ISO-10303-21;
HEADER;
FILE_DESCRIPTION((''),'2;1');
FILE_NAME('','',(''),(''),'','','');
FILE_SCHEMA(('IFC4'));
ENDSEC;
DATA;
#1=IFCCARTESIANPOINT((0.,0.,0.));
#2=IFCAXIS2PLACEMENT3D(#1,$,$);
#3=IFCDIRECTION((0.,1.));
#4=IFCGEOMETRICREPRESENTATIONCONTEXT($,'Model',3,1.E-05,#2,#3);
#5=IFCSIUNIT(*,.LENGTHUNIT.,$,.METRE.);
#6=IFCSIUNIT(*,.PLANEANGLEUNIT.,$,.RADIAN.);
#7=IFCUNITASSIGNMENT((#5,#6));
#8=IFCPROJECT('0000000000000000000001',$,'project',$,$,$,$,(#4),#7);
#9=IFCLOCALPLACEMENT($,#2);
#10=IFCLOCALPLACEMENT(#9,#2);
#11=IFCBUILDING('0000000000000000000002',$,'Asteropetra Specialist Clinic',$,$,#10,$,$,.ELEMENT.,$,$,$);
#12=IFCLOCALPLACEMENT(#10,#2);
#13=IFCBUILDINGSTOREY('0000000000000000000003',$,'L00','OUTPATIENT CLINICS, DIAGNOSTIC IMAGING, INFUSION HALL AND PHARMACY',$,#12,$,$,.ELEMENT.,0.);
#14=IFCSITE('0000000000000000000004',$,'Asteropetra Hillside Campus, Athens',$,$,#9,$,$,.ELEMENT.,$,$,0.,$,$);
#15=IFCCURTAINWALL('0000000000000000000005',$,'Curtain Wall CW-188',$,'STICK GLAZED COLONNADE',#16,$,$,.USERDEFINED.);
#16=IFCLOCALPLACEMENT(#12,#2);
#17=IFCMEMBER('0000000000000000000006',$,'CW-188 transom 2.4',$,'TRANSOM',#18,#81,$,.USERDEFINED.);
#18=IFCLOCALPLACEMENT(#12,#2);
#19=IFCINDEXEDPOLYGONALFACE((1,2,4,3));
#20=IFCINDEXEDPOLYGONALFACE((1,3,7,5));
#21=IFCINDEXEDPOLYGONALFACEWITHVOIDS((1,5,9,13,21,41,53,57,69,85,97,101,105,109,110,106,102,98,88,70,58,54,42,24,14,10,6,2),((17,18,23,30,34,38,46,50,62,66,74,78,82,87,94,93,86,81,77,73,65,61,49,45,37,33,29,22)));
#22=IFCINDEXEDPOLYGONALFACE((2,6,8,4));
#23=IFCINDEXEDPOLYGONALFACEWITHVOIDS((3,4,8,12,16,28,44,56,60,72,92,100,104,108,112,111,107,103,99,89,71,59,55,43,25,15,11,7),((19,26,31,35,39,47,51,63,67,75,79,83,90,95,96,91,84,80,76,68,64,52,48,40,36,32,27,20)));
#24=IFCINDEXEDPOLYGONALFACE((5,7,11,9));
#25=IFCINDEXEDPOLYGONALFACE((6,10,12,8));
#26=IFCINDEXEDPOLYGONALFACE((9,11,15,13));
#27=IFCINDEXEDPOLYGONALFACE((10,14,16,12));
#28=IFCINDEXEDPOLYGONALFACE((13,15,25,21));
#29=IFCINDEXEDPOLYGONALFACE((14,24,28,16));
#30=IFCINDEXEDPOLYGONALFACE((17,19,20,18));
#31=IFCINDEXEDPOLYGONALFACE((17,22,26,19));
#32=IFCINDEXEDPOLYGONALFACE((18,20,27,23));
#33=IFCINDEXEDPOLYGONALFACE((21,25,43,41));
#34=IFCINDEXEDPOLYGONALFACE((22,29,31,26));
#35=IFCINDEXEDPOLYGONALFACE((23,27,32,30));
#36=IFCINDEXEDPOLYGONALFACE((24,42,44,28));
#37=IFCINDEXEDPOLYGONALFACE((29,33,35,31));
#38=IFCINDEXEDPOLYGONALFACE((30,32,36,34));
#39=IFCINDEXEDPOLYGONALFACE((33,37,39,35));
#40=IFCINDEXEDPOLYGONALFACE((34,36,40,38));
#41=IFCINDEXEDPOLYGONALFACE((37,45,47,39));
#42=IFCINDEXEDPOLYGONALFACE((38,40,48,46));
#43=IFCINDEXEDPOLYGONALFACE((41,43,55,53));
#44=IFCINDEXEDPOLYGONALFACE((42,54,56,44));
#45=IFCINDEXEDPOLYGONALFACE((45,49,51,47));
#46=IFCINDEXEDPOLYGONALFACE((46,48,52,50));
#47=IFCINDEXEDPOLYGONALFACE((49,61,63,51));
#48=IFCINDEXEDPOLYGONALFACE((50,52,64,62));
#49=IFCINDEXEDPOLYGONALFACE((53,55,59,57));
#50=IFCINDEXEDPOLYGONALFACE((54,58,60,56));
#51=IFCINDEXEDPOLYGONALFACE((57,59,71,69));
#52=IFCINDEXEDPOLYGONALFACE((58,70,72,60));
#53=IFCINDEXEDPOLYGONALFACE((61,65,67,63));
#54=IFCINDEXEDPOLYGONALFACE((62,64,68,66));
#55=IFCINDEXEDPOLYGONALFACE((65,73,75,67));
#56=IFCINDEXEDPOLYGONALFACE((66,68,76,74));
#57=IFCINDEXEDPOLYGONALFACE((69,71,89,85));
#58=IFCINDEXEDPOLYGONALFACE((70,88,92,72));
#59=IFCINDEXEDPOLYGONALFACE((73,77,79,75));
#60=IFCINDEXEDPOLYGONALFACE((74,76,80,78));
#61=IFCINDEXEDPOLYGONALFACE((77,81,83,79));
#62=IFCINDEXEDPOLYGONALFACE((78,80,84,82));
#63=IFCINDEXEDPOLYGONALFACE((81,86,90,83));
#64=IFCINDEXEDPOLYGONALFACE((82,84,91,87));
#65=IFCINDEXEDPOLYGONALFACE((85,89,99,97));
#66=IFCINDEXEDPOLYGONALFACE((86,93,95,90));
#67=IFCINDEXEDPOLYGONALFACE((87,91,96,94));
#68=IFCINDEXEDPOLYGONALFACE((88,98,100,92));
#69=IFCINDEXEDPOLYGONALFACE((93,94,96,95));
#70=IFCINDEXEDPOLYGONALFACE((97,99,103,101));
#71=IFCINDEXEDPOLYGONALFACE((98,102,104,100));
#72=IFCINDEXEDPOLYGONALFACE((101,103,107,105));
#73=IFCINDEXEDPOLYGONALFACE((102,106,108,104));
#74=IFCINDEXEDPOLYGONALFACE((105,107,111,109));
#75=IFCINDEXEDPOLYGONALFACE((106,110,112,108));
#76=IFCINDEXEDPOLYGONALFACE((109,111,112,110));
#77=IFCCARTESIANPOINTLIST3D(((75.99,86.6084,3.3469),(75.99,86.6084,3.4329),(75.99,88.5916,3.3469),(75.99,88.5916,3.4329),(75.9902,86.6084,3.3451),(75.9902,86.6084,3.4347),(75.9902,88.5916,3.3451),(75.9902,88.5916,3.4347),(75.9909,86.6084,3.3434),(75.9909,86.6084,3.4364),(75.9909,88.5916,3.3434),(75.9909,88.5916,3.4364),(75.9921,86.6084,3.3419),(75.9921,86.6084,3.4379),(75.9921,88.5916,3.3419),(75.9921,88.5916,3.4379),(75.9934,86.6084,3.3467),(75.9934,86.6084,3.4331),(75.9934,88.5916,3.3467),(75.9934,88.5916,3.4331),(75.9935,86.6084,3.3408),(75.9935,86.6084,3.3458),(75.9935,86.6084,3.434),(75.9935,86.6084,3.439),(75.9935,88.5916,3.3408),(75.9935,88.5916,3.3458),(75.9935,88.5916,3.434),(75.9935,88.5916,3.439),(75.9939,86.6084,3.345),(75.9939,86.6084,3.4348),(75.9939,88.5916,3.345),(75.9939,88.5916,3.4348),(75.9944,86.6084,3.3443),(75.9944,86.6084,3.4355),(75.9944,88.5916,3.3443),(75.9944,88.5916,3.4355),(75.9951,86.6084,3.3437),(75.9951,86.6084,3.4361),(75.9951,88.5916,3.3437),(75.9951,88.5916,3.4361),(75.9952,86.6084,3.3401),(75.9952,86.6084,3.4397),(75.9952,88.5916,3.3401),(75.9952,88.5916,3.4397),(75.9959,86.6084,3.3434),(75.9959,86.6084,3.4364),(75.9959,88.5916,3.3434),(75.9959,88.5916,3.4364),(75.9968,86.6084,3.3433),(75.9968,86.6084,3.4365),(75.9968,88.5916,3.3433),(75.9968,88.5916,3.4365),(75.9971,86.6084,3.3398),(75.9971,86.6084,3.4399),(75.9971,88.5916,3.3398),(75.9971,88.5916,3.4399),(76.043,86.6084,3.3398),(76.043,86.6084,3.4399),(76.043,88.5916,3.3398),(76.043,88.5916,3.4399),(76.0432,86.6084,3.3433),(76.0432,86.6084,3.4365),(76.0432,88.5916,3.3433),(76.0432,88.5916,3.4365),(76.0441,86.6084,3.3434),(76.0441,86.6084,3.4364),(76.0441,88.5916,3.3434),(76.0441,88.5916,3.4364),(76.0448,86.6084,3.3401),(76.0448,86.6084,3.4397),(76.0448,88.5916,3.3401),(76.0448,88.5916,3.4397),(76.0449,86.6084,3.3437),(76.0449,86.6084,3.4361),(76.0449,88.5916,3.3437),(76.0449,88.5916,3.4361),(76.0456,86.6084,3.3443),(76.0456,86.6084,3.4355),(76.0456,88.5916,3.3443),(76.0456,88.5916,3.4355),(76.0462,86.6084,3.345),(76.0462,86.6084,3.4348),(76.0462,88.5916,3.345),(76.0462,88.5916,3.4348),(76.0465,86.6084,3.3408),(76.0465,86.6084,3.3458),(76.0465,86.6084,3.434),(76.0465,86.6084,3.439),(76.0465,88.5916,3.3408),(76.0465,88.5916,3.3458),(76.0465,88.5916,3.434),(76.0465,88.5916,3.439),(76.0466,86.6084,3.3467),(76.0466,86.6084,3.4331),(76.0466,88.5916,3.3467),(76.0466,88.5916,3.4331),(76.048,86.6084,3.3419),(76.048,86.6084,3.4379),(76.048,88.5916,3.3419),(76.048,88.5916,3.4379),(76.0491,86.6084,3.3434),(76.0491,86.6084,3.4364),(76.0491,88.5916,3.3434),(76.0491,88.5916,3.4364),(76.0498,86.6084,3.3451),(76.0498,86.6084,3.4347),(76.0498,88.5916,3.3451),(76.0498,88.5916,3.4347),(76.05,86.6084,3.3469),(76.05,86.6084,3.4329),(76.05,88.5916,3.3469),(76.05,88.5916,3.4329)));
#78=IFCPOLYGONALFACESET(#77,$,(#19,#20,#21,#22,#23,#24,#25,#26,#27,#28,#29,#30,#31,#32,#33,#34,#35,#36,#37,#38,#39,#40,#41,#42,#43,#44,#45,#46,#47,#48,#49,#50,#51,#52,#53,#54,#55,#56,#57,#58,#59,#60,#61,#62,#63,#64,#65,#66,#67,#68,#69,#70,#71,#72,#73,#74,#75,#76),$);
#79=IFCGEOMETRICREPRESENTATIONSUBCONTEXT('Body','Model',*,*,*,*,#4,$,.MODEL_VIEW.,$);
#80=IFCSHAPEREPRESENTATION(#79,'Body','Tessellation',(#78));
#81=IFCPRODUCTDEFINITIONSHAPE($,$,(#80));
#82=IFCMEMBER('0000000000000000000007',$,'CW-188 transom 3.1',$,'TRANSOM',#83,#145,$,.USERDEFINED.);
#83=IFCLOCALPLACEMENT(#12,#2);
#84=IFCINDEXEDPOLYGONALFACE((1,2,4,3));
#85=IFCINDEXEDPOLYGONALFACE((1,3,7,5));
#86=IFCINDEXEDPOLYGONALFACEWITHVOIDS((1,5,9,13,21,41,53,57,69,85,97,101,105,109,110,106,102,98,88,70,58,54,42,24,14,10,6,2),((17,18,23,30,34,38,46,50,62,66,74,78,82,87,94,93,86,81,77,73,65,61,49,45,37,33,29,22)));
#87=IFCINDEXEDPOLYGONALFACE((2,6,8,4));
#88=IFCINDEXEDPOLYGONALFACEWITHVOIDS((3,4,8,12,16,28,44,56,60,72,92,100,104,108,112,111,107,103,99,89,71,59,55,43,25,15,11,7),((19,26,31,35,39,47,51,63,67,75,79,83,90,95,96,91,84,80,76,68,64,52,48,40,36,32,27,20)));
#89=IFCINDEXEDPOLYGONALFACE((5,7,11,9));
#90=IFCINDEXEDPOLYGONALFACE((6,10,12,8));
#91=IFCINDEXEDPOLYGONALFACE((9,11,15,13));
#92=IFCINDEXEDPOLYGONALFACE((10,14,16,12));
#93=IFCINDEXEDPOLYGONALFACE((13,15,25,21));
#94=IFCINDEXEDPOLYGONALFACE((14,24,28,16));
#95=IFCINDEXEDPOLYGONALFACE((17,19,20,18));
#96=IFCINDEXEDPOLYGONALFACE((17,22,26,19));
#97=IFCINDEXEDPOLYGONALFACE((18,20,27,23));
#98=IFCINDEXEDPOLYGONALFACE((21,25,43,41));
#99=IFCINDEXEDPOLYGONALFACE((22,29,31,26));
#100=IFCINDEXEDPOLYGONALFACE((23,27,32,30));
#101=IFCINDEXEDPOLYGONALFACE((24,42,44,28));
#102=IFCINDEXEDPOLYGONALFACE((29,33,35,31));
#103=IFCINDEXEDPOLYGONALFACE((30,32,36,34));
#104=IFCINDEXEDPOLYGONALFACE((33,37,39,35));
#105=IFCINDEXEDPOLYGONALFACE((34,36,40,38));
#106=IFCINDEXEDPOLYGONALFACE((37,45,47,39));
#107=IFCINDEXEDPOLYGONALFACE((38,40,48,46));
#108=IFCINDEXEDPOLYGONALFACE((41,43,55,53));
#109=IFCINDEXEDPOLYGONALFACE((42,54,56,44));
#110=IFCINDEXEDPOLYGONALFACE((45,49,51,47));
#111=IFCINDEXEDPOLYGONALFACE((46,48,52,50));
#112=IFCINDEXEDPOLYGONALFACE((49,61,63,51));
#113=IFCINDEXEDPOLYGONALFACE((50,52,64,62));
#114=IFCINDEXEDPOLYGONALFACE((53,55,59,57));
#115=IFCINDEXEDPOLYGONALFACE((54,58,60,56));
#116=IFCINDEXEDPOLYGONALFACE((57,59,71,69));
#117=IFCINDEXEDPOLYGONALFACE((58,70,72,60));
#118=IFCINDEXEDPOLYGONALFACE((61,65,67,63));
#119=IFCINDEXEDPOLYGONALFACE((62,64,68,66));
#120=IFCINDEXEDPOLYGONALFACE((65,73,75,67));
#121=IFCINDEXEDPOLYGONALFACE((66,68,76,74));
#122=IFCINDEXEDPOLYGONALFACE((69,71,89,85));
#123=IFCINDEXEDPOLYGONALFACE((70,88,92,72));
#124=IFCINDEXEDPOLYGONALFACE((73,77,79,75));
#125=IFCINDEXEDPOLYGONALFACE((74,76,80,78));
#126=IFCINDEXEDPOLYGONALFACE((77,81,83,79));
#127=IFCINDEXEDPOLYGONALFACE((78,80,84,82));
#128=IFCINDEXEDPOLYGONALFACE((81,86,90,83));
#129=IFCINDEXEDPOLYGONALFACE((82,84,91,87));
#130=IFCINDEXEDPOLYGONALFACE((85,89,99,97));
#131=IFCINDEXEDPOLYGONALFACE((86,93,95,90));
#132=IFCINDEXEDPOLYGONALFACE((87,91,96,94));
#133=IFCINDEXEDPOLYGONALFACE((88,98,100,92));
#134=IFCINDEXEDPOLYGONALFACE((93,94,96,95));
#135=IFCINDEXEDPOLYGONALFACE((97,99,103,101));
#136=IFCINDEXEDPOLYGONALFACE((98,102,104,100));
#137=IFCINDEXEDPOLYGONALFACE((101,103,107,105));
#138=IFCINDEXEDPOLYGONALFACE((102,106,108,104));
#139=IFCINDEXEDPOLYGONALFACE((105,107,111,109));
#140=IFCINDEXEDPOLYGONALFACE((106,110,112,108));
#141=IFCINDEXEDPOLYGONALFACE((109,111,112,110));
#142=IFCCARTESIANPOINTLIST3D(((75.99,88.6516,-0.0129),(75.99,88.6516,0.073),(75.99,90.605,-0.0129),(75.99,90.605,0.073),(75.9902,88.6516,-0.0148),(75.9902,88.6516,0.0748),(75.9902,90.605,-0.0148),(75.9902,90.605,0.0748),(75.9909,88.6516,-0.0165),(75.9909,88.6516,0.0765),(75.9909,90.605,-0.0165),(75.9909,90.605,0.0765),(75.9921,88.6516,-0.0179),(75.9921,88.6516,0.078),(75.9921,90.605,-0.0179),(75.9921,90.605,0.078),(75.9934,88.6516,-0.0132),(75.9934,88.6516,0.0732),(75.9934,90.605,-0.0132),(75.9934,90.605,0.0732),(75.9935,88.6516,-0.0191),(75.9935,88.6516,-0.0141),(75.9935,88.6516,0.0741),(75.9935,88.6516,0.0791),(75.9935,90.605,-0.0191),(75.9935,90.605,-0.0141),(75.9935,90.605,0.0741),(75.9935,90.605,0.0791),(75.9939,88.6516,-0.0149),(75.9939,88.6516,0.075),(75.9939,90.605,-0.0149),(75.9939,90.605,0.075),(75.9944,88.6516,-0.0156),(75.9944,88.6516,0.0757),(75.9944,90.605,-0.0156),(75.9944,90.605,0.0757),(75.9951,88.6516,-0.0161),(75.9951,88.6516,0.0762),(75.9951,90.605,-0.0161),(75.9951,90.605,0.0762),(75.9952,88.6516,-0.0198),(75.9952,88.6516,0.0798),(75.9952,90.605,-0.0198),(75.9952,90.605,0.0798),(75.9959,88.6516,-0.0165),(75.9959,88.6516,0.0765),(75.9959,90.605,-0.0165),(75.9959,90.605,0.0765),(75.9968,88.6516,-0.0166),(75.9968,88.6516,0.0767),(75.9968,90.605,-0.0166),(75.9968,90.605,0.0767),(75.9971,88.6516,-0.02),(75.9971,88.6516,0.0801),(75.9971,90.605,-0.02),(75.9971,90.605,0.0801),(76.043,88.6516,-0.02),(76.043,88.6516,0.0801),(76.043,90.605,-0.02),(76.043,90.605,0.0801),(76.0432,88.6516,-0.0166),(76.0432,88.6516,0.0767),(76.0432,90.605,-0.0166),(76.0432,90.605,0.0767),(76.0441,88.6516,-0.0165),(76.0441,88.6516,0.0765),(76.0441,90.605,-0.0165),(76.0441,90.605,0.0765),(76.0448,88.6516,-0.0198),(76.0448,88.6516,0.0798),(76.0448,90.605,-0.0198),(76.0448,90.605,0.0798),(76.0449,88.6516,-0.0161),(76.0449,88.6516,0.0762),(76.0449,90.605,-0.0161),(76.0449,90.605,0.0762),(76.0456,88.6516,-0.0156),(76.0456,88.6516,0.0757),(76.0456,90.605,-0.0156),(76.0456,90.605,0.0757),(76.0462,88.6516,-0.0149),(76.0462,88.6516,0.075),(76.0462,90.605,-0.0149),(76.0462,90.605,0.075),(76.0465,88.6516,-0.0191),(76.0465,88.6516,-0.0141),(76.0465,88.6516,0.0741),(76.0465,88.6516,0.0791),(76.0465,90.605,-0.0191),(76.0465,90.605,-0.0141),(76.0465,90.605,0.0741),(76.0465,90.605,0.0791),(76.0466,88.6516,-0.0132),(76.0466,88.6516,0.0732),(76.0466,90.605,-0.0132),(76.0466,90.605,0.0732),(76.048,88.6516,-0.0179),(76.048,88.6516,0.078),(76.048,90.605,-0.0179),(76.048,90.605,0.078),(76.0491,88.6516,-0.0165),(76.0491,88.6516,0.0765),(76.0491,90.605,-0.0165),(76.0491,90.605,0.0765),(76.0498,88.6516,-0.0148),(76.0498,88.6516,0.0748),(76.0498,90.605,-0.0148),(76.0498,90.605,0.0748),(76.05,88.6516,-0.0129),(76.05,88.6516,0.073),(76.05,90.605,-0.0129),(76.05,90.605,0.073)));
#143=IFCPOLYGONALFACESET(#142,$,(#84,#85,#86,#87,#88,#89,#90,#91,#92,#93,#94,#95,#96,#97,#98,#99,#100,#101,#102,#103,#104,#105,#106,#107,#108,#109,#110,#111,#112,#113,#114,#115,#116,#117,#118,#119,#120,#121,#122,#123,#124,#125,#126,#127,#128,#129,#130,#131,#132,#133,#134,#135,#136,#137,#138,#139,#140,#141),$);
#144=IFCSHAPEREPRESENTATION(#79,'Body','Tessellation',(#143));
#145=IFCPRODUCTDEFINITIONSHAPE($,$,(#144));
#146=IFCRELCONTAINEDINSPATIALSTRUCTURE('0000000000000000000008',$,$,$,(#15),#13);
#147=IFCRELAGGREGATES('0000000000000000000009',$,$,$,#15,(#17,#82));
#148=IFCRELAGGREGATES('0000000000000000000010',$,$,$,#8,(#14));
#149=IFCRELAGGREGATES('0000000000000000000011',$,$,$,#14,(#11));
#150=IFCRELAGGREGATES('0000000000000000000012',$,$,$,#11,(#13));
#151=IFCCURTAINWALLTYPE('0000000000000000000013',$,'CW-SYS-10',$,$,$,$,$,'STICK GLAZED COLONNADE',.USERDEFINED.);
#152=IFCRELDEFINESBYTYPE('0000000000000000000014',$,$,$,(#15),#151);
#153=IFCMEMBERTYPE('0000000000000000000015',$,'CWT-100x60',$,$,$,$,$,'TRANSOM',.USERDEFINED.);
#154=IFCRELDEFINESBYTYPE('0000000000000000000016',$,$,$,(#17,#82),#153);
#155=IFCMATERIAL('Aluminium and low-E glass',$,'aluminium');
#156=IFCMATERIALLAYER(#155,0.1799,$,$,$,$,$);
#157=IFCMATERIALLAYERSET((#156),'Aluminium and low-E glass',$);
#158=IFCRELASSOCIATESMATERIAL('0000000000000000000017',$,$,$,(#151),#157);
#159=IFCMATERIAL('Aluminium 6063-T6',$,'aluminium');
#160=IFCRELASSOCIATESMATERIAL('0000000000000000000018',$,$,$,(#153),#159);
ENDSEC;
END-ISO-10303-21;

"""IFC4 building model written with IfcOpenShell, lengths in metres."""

from ifc_helpers import new_model, si_unit, direction, frame, origin, origin_2d, place, context, subcontext, project, spatial, hollow_rectangle, extrude, material, layer, layer_set, material_profile, profile_set, type_object, element, aggregate, save


model = new_model("IFC4")

# Units and contexts
model_context = context("Model", 3, precision=1e-05, world=origin(), true_north=direction((0.0, 1.0)))
body_context = subcontext(model_context, "Body", "Model", "MODEL_VIEW")
ifc_project = project(units=[si_unit("LENGTHUNIT", "METRE"), si_unit("PLANEANGLEUNIT", "RADIAN")], contexts=[model_context])

# Site, building, storey
site_placement = place(None, origin())
site = spatial("IfcSite", under=ifc_project, at=site_placement, Name="Asteropetra Hillside Campus, Athens", CompositionType="ELEMENT", RefElevation=0.0)
building_placement = place(site_placement, origin())
building = spatial("IfcBuilding", under=site, at=building_placement, Name="Asteropetra Specialist Clinic", CompositionType="ELEMENT")
storey_placement = place(building_placement, origin())
storey = spatial("IfcBuildingStorey", under=building, at=storey_placement, Name="L00", Description="OUTPATIENT CLINICS, DIAGNOSTIC IMAGING, INFUSION HALL AND PHARMACY", CompositionType="ELEMENT", Elevation=0.0)

# Curtain wall, members
ifc_material_1 = material(Name="Aluminium and low-E glass", Category="aluminium")
ifc_layer_1 = layer(ifc_material_1, 0.1799)
ifc_layer_set_1 = layer_set([ifc_layer_1], Name="Aluminium and low-E glass")
curtain_wall_type = type_object("IfcCurtainWallType", Name="CW-SYS-10", ElementType="STICK GLAZED COLONNADE", PredefinedType="USERDEFINED", material=ifc_layer_set_1)
curtain_wall_placement = place(storey_placement, origin())
curtain_wall = element("IfcCurtainWall", 1, at=curtain_wall_placement, inside=storey, type_object=curtain_wall_type, Name="Curtain Wall CW-188", ObjectType="STICK GLAZED COLONNADE", PredefinedType="USERDEFINED")
ifc_material_2 = material(Name="Aluminium 6063-T6", Category="aluminium")
ifc_material_profile_1 = material_profile(ifc_material_2, hollow_rectangle(XDim=0.0601, YDim=0.1001, WallThickness=0.0034, InnerFilletRadius=0.0034, OuterFilletRadius=0.0071, at=origin_2d()), Name="TRN 100x60x3.5")
ifc_profile_set_1 = profile_set([ifc_material_profile_1], Name="Aluminium 6063-T6")
member_type_1 = type_object("IfcMemberType", Name="CWT-100x60", ElementType="TRANSOM", PredefinedType="USERDEFINED", material=ifc_profile_set_1)
member_1_placement = place(storey_placement, frame((76.02, 86.6084, 3.3899), z_axis=(0.0, 1.0, 0.0), x_axis=(-1.0, 0.0, 0.0)))
member_1 = element("IfcMember", 2, at=member_1_placement, type_object=member_type_1, Name="CW-188 transom 2.4", ObjectType="TRANSOM", PredefinedType="USERDEFINED", context=body_context, shape_type="SweptSolid", body=[
    extrude(hollow_rectangle(XDim=0.0601, YDim=0.1001, WallThickness=0.0034, InnerFilletRadius=0.0034, OuterFilletRadius=0.0071, at=origin_2d()), origin(), (0.0, 0.0, 1.0), 1.9832),
])
member_2_placement = place(storey_placement, frame((76.02, 88.6516, 0.03), z_axis=(0.0, 1.0, 0.0), x_axis=(-1.0, 0.0, 0.0)))
member_2 = element("IfcMember", 3, at=member_2_placement, type_object=member_type_1, Name="CW-188 transom 3.1", ObjectType="TRANSOM", PredefinedType="USERDEFINED", context=body_context, shape_type="SweptSolid", body=[
    extrude(hollow_rectangle(XDim=0.0601, YDim=0.1001, WallThickness=0.0034, InnerFilletRadius=0.0034, OuterFilletRadius=0.0071, at=origin_2d()), origin(), (0.0, 0.0, 1.0), 1.9534),
])
aggregate(curtain_wall, [member_1, member_2])

save(model, "model.ifc")
